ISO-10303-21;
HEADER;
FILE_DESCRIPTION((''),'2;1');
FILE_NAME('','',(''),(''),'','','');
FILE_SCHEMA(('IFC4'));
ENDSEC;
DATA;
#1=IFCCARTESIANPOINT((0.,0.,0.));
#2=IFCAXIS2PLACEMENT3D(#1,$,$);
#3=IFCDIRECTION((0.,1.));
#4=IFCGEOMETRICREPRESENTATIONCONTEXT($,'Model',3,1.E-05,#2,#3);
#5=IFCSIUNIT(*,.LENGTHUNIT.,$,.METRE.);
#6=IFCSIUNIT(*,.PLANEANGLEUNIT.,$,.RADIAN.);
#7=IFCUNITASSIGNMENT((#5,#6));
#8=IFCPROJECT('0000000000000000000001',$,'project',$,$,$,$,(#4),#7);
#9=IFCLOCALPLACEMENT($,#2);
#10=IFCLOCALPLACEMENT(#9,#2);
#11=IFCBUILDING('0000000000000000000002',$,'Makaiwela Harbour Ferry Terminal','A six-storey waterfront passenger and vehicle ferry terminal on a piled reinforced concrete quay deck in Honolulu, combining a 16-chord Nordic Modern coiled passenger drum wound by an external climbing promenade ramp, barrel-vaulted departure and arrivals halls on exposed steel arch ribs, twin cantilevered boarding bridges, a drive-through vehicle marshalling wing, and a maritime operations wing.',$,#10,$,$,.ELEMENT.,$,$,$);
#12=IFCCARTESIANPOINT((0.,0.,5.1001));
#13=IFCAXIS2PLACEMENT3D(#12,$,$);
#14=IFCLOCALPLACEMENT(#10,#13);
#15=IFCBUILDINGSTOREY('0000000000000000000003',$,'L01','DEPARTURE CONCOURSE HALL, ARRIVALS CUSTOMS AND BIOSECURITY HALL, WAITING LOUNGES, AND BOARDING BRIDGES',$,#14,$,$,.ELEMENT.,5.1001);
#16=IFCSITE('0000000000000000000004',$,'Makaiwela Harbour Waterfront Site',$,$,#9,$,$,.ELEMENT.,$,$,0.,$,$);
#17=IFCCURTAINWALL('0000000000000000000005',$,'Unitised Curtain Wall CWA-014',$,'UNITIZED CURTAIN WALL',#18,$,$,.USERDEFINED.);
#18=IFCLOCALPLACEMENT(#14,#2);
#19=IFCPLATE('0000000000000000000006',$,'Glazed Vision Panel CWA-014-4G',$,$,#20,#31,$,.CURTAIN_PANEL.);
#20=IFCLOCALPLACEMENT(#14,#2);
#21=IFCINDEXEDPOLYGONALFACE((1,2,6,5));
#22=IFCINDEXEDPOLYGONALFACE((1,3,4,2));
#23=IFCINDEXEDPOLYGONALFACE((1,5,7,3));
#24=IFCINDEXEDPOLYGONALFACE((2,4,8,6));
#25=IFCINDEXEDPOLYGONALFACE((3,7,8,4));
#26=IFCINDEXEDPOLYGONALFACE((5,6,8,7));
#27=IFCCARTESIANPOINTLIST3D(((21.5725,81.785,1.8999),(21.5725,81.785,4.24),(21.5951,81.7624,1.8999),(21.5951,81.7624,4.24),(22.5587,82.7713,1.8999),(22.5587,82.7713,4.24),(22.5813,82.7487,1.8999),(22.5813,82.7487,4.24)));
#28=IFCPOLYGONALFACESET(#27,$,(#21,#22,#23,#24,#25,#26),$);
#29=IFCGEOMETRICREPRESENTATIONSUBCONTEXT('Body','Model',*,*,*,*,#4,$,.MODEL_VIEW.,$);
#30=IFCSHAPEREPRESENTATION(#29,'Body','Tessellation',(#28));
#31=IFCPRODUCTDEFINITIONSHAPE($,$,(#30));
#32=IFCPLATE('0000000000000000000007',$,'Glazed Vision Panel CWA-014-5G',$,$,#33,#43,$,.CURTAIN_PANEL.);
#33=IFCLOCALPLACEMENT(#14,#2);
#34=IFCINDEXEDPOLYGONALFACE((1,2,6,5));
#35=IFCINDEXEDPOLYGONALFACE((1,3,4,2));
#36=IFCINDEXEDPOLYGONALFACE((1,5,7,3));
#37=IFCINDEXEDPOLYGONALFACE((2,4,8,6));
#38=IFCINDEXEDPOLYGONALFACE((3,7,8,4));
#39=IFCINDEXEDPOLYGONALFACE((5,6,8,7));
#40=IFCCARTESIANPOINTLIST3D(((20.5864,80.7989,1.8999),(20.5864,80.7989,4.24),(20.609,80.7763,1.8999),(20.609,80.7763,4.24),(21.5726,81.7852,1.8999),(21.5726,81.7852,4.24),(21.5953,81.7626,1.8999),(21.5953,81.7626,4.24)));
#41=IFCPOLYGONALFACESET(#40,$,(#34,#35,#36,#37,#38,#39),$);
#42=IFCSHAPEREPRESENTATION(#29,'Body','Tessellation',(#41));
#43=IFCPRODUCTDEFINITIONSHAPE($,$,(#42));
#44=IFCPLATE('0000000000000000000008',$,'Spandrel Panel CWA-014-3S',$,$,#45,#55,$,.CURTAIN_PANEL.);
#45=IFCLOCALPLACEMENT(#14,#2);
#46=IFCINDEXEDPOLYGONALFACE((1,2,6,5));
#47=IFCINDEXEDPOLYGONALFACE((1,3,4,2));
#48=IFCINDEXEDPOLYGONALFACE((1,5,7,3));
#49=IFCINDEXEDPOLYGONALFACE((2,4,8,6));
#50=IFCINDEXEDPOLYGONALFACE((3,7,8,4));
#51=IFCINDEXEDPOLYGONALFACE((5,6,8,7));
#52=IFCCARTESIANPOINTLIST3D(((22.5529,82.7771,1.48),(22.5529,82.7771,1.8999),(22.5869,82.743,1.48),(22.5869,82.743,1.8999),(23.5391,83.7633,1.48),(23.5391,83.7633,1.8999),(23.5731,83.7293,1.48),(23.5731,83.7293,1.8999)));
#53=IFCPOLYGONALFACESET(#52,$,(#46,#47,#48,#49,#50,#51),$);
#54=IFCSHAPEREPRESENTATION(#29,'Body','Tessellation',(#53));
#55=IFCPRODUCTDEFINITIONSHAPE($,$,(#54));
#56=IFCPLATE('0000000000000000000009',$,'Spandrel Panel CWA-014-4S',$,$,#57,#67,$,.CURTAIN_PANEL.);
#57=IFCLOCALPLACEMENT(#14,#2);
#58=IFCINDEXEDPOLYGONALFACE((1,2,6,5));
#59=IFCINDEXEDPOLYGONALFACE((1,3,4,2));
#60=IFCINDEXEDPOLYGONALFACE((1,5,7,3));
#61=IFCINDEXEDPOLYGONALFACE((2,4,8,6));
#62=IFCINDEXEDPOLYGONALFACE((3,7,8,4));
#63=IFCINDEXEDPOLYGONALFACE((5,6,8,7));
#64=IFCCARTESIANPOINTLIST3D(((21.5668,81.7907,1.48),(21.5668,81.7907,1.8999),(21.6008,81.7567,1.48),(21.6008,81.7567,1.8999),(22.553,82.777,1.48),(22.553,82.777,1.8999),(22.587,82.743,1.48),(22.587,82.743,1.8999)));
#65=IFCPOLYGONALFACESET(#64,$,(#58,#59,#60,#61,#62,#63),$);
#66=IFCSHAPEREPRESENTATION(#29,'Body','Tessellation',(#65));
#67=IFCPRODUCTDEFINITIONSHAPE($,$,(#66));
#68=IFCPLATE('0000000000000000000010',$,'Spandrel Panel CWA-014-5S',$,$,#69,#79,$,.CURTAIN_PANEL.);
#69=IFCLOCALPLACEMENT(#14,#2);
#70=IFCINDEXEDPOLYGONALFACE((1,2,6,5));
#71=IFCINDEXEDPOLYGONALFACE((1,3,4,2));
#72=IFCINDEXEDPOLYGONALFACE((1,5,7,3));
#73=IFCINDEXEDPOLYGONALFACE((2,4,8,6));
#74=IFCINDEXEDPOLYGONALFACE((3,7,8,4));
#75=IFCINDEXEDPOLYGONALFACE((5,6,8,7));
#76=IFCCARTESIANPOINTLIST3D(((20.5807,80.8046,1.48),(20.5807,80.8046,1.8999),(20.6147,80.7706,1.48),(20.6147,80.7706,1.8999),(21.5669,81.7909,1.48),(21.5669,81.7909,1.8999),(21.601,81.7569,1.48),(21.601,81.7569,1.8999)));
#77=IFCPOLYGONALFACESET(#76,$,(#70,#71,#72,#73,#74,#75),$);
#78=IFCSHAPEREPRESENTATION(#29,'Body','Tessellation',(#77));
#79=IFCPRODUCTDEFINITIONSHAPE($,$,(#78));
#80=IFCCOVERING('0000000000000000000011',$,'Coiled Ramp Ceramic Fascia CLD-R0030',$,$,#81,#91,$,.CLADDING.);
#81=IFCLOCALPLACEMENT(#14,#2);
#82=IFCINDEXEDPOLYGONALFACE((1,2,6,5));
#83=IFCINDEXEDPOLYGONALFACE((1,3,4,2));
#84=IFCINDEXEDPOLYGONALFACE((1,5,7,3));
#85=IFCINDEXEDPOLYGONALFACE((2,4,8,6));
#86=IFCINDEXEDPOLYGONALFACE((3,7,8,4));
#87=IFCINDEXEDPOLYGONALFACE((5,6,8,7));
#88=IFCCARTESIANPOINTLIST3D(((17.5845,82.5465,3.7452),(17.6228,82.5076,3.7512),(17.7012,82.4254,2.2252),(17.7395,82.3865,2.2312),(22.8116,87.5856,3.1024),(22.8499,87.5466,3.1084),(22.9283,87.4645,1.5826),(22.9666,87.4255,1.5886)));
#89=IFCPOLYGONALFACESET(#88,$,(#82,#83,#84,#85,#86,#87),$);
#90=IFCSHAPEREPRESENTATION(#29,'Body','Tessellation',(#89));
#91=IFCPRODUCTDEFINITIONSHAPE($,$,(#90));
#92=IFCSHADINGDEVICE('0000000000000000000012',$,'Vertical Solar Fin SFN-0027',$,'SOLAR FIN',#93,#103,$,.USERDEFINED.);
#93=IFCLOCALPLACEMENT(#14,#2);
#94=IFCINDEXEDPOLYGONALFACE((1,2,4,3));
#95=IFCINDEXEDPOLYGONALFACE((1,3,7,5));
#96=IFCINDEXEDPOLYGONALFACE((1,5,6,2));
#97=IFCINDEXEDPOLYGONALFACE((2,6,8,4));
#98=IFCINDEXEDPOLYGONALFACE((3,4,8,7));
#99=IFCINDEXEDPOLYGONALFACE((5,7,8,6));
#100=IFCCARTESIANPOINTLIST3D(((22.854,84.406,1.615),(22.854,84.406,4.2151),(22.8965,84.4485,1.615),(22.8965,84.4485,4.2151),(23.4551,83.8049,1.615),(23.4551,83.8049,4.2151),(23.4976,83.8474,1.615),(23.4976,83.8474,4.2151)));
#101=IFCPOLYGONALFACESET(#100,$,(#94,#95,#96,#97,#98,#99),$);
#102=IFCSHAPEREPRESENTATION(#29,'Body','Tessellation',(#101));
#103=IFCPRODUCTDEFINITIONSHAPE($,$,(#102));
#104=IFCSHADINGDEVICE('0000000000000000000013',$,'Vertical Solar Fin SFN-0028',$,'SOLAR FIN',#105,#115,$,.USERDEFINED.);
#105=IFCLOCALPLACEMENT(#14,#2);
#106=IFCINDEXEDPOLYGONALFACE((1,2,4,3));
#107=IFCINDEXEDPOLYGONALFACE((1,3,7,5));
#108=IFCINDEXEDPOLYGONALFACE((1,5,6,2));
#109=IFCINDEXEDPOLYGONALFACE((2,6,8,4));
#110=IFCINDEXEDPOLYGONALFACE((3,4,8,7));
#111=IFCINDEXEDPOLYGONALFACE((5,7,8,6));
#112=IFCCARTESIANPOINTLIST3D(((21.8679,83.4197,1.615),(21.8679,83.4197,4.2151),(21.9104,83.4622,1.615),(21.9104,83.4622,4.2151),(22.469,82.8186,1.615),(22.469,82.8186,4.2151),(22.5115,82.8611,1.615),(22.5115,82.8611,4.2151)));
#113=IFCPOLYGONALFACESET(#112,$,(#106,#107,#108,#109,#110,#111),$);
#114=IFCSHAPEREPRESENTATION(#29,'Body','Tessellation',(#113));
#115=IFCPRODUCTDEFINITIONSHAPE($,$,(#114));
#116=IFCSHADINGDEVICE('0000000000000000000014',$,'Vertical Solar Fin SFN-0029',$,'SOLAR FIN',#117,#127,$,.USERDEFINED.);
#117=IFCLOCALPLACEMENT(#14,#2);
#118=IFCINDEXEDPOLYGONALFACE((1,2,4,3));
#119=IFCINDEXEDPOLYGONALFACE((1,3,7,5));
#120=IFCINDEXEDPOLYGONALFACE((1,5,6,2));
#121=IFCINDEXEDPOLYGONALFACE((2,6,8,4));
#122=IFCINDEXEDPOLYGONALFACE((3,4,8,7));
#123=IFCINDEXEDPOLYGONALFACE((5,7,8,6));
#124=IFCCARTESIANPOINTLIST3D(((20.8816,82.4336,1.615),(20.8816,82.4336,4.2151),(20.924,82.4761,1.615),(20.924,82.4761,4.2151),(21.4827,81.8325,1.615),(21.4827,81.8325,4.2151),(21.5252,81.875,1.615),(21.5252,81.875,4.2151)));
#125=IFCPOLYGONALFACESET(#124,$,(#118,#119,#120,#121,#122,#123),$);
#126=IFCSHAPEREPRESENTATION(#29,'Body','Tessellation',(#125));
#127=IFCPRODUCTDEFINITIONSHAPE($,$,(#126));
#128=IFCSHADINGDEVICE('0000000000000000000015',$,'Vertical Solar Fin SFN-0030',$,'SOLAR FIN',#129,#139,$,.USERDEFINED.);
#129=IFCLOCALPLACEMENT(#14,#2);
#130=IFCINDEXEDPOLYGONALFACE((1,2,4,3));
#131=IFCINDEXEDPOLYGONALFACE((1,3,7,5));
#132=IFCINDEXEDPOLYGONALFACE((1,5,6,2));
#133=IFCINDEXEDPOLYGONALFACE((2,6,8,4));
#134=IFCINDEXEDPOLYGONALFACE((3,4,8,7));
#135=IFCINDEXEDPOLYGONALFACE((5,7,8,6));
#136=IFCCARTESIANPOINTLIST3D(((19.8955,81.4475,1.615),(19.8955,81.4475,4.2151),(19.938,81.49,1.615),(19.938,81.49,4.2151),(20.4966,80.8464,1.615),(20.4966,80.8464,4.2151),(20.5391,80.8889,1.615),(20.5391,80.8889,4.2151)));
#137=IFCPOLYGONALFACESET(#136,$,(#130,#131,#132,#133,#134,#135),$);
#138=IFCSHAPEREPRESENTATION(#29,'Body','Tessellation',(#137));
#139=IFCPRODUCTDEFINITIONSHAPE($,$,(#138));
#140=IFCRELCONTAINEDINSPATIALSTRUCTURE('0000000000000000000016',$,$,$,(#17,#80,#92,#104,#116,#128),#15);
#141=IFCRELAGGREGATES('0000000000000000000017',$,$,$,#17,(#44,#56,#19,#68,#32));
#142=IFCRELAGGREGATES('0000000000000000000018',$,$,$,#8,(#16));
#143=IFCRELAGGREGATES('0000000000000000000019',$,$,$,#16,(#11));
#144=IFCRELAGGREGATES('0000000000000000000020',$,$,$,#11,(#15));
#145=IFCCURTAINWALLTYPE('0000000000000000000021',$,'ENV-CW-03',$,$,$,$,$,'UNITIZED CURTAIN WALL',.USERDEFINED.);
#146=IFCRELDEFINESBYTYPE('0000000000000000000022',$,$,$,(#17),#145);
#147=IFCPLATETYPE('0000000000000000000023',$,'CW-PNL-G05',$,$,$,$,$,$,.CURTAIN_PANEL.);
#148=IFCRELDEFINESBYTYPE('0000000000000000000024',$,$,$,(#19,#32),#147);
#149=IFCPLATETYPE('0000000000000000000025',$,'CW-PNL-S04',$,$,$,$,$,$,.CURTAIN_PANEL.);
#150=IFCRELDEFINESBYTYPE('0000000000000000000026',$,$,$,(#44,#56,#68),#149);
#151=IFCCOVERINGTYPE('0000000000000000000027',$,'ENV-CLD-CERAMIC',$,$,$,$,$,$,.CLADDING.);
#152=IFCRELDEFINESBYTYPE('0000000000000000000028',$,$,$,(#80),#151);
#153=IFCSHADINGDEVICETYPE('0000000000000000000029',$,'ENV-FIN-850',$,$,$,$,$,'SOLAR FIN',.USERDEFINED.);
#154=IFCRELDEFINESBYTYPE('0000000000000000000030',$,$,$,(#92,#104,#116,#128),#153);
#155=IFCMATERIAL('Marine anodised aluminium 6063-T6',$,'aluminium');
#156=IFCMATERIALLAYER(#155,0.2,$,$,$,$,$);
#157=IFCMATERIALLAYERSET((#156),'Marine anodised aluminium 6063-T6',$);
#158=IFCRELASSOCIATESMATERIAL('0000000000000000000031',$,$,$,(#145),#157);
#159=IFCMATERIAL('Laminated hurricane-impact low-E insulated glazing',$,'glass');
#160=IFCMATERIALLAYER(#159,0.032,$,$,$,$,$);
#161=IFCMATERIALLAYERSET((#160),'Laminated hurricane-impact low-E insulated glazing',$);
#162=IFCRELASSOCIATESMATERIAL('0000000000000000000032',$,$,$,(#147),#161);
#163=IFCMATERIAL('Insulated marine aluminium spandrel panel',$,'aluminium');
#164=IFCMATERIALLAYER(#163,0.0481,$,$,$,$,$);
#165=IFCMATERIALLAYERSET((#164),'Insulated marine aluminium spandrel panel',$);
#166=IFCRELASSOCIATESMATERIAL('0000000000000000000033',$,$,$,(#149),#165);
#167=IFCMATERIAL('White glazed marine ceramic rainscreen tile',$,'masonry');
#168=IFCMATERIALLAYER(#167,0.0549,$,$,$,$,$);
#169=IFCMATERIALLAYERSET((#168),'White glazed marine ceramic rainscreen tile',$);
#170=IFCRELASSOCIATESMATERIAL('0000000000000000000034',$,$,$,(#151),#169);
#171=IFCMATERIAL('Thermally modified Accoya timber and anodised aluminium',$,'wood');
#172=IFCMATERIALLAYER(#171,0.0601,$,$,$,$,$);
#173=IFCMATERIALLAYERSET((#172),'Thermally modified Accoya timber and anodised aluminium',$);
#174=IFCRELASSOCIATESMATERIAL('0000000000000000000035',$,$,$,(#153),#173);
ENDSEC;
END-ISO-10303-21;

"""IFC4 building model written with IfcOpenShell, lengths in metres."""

from ifc_helpers import new_model, si_unit, direction, frame, origin, origin_2d, place, context, subcontext, project, spatial, polyline, rectangle, outline, extrude, material, layer, layer_set, type_object, element, aggregate, save


model = new_model("IFC4")

# Units and contexts
model_context = context("Model", 3, precision=1e-05, world=origin(), true_north=direction((0.0, 1.0)))
body_context = subcontext(model_context, "Body", "Model", "MODEL_VIEW")
ifc_project = project(units=[si_unit("LENGTHUNIT", "METRE"), si_unit("PLANEANGLEUNIT", "RADIAN")], contexts=[model_context])

# Site, building, storey
site_placement = place(None, origin())
site = spatial("IfcSite", under=ifc_project, at=site_placement, Name="Makaiwela Harbour Waterfront Site", CompositionType="ELEMENT", RefElevation=0.0)
building_placement = place(site_placement, origin())
building = spatial("IfcBuilding", under=site, at=building_placement, Name="Makaiwela Harbour Ferry Terminal", Description="A six-storey waterfront passenger and vehicle ferry terminal on a piled reinforced concrete quay deck in Honolulu, combining a 16-chord Nordic Modern coiled passenger drum wound by an external climbing promenade ramp, barrel-vaulted departure and arrivals halls on exposed steel arch ribs, twin cantilevered boarding bridges, a drive-through vehicle marshalling wing, and a maritime operations wing.", CompositionType="ELEMENT")
storey_placement = place(building_placement, frame((0.0, 0.0, 5.1001)))
storey = spatial("IfcBuildingStorey", under=building, at=storey_placement, Name="L01", Description="DEPARTURE CONCOURSE HALL, ARRIVALS CUSTOMS AND BIOSECURITY HALL, WAITING LOUNGES, AND BOARDING BRIDGES", CompositionType="ELEMENT", Elevation=5.1001)

# Curtain wall
ifc_material_1 = material(Name="Marine anodised aluminium 6063-T6", Category="aluminium")
ifc_layer_1 = layer(ifc_material_1, 0.2)
ifc_layer_set_1 = layer_set([ifc_layer_1], Name="Marine anodised aluminium 6063-T6")
curtain_wall_type = type_object("IfcCurtainWallType", Name="ENV-CW-03", ElementType="UNITIZED CURTAIN WALL", PredefinedType="USERDEFINED", material=ifc_layer_set_1)
curtain_wall_placement = place(storey_placement, origin())
curtain_wall = element("IfcCurtainWall", 1, at=curtain_wall_placement, inside=storey, type_object=curtain_wall_type, Name="Unitised Curtain Wall CWA-014", ObjectType="UNITIZED CURTAIN WALL", PredefinedType="USERDEFINED")

# Plates
ifc_material_2 = material(Name="Laminated hurricane-impact low-E insulated glazing", Category="glass")
ifc_layer_2 = layer(ifc_material_2, 0.032)
ifc_layer_set_2 = layer_set([ifc_layer_2], Name="Laminated hurricane-impact low-E insulated glazing")
plate_type_1 = type_object("IfcPlateType", Name="CW-PNL-G05", PredefinedType="CURTAIN_PANEL", material=ifc_layer_set_2)
plate_1_placement = place(storey_placement, frame((22.0769, 82.2668, 1.8999), z_axis=(0.0, 0.0, 1.0), x_axis=(-0.707107, -0.707107, 0.0)))
plate_1 = element("IfcPlate", 2, at=plate_1_placement, type_object=plate_type_1, Name="Glazed Vision Panel CWA-014-4G", PredefinedType="CURTAIN_PANEL", context=body_context, shape_type="SweptSolid", body=[
    extrude(rectangle(XDim=1.3948, YDim=0.032, at=origin_2d()), origin(), (0.0, 0.0, 1.0), 2.3401),
])
plate_2_placement = place(storey_placement, frame((21.0908, 81.2808, 1.8999), z_axis=(0.0, 0.0, 1.0), x_axis=(-0.707107, -0.707107, 0.0)))
plate_2 = element("IfcPlate", 3, at=plate_2_placement, type_object=plate_type_1, Name="Glazed Vision Panel CWA-014-5G", PredefinedType="CURTAIN_PANEL", context=body_context, shape_type="SweptSolid", body=[
    extrude(rectangle(XDim=1.3948, YDim=0.032, at=origin_2d()), origin(), (0.0, 0.0, 1.0), 2.3401),
])
ifc_material_3 = material(Name="Insulated marine aluminium spandrel panel", Category="aluminium")
ifc_layer_3 = layer(ifc_material_3, 0.0481)
ifc_layer_set_3 = layer_set([ifc_layer_3], Name="Insulated marine aluminium spandrel panel")
plate_type_2 = type_object("IfcPlateType", Name="CW-PNL-S04", PredefinedType="CURTAIN_PANEL", material=ifc_layer_set_3)
plate_3_placement = place(storey_placement, frame((23.063, 83.2532, 1.48), z_axis=(0.0, 0.0, 1.0), x_axis=(-0.707107, -0.707107, 0.0)))
plate_3 = element("IfcPlate", 4, at=plate_3_placement, type_object=plate_type_2, Name="Spandrel Panel CWA-014-3S", PredefinedType="CURTAIN_PANEL", context=body_context, shape_type="SweptSolid", body=[
    extrude(rectangle(XDim=1.3948, YDim=0.0481, at=origin_2d()), origin(), (0.0, 0.0, 1.0), 0.4199),
])
plate_4_placement = place(storey_placement, frame((22.0769, 82.2668, 1.48), z_axis=(0.0, 0.0, 1.0), x_axis=(-0.707107, -0.707107, 0.0)))
plate_4 = element("IfcPlate", 5, at=plate_4_placement, type_object=plate_type_2, Name="Spandrel Panel CWA-014-4S", PredefinedType="CURTAIN_PANEL", context=body_context, shape_type="SweptSolid", body=[
    extrude(rectangle(XDim=1.3948, YDim=0.0481, at=origin_2d()), origin(), (0.0, 0.0, 1.0), 0.4199),
])
plate_5_placement = place(storey_placement, frame((21.0908, 81.2808, 1.48), z_axis=(0.0, 0.0, 1.0), x_axis=(-0.707107, -0.707107, 0.0)))
plate_5 = element("IfcPlate", 6, at=plate_5_placement, type_object=plate_type_2, Name="Spandrel Panel CWA-014-5S", PredefinedType="CURTAIN_PANEL", context=body_context, shape_type="SweptSolid", body=[
    extrude(rectangle(XDim=1.3948, YDim=0.0481, at=origin_2d()), origin(), (0.0, 0.0, 1.0), 0.4199),
])
aggregate(curtain_wall, [plate_3, plate_4, plate_1, plate_5, plate_2])

# Covering
ifc_material_4 = material(Name="White glazed marine ceramic rainscreen tile", Category="masonry")
ifc_layer_4 = layer(ifc_material_4, 0.0549)
ifc_layer_set_4 = layer_set([ifc_layer_4], Name="White glazed marine ceramic rainscreen tile")
covering_type = type_object("IfcCoveringType", Name="ENV-CLD-CERAMIC", PredefinedType="CLADDING", material=ifc_layer_set_4)
covering_placement = place(storey_placement, frame((22.9666, 87.4255, 1.5886), z_axis=(0.696808, -0.708777, 0.109972), x_axis=(-0.71713, -0.691341, 0.088159)))
element("IfcCovering", 7, at=covering_placement, inside=storey, type_object=covering_type, Name="Coiled Ramp Ceramic Fascia CLD-R0030", PredefinedType="CLADDING", context=body_context, shape_type="SweptSolid", body=[
    extrude(outline(polyline([(0.0, 0.0), (7.2888, 0.0), (7.4228, -1.5234), (0.134, -1.5232), (0.0, 0.0)])), origin(), (0.0, 0.0, -1.0), 0.0549),
])

# Shading devices
ifc_material_5 = material(Name="Thermally modified Accoya timber and anodised aluminium", Category="wood")
ifc_layer_5 = layer(ifc_material_5, 0.0601)
ifc_layer_set_5 = layer_set([ifc_layer_5], Name="Thermally modified Accoya timber and anodised aluminium")
shading_device_type = type_object("IfcShadingDeviceType", Name="ENV-FIN-850", ElementType="SOLAR FIN", PredefinedType="USERDEFINED", material=ifc_layer_set_5)
for number, where, z_axis, x_axis, name in (
    (8, (23.1758, 84.1267, 1.615), (0.0, 0.0, 1.0), (-0.707107, 0.707107, 0.0), "Vertical Solar Fin SFN-0027"),
    (9, (22.1897, 83.1404, 1.615), (0.0, 0.0, 1.0), (-0.707107, 0.707107, 0.0), "Vertical Solar Fin SFN-0028"),
    (10, (21.2034, 82.1543, 1.615), (0.0, 0.0, 1.0), (-0.707107, 0.707107, 0.0), "Vertical Solar Fin SFN-0029"),
    (11, (20.2173, 81.1682, 1.615), (0.0, 0.0, 1.0), (-0.707107, 0.707107, 0.0), "Vertical Solar Fin SFN-0030"),
):
    element("IfcShadingDevice", number, at=place(storey_placement, frame(where, z_axis=z_axis, x_axis=x_axis)), inside=storey, type_object=shading_device_type, Name=name, ObjectType="SOLAR FIN", PredefinedType="USERDEFINED", context=body_context, shape_type="SweptSolid", body=[
        extrude(rectangle(XDim=0.8501, YDim=0.0601, at=origin_2d()), origin(), (0.0, 0.0, 1.0), 2.6001),
    ])

save(model, "model.ifc")
